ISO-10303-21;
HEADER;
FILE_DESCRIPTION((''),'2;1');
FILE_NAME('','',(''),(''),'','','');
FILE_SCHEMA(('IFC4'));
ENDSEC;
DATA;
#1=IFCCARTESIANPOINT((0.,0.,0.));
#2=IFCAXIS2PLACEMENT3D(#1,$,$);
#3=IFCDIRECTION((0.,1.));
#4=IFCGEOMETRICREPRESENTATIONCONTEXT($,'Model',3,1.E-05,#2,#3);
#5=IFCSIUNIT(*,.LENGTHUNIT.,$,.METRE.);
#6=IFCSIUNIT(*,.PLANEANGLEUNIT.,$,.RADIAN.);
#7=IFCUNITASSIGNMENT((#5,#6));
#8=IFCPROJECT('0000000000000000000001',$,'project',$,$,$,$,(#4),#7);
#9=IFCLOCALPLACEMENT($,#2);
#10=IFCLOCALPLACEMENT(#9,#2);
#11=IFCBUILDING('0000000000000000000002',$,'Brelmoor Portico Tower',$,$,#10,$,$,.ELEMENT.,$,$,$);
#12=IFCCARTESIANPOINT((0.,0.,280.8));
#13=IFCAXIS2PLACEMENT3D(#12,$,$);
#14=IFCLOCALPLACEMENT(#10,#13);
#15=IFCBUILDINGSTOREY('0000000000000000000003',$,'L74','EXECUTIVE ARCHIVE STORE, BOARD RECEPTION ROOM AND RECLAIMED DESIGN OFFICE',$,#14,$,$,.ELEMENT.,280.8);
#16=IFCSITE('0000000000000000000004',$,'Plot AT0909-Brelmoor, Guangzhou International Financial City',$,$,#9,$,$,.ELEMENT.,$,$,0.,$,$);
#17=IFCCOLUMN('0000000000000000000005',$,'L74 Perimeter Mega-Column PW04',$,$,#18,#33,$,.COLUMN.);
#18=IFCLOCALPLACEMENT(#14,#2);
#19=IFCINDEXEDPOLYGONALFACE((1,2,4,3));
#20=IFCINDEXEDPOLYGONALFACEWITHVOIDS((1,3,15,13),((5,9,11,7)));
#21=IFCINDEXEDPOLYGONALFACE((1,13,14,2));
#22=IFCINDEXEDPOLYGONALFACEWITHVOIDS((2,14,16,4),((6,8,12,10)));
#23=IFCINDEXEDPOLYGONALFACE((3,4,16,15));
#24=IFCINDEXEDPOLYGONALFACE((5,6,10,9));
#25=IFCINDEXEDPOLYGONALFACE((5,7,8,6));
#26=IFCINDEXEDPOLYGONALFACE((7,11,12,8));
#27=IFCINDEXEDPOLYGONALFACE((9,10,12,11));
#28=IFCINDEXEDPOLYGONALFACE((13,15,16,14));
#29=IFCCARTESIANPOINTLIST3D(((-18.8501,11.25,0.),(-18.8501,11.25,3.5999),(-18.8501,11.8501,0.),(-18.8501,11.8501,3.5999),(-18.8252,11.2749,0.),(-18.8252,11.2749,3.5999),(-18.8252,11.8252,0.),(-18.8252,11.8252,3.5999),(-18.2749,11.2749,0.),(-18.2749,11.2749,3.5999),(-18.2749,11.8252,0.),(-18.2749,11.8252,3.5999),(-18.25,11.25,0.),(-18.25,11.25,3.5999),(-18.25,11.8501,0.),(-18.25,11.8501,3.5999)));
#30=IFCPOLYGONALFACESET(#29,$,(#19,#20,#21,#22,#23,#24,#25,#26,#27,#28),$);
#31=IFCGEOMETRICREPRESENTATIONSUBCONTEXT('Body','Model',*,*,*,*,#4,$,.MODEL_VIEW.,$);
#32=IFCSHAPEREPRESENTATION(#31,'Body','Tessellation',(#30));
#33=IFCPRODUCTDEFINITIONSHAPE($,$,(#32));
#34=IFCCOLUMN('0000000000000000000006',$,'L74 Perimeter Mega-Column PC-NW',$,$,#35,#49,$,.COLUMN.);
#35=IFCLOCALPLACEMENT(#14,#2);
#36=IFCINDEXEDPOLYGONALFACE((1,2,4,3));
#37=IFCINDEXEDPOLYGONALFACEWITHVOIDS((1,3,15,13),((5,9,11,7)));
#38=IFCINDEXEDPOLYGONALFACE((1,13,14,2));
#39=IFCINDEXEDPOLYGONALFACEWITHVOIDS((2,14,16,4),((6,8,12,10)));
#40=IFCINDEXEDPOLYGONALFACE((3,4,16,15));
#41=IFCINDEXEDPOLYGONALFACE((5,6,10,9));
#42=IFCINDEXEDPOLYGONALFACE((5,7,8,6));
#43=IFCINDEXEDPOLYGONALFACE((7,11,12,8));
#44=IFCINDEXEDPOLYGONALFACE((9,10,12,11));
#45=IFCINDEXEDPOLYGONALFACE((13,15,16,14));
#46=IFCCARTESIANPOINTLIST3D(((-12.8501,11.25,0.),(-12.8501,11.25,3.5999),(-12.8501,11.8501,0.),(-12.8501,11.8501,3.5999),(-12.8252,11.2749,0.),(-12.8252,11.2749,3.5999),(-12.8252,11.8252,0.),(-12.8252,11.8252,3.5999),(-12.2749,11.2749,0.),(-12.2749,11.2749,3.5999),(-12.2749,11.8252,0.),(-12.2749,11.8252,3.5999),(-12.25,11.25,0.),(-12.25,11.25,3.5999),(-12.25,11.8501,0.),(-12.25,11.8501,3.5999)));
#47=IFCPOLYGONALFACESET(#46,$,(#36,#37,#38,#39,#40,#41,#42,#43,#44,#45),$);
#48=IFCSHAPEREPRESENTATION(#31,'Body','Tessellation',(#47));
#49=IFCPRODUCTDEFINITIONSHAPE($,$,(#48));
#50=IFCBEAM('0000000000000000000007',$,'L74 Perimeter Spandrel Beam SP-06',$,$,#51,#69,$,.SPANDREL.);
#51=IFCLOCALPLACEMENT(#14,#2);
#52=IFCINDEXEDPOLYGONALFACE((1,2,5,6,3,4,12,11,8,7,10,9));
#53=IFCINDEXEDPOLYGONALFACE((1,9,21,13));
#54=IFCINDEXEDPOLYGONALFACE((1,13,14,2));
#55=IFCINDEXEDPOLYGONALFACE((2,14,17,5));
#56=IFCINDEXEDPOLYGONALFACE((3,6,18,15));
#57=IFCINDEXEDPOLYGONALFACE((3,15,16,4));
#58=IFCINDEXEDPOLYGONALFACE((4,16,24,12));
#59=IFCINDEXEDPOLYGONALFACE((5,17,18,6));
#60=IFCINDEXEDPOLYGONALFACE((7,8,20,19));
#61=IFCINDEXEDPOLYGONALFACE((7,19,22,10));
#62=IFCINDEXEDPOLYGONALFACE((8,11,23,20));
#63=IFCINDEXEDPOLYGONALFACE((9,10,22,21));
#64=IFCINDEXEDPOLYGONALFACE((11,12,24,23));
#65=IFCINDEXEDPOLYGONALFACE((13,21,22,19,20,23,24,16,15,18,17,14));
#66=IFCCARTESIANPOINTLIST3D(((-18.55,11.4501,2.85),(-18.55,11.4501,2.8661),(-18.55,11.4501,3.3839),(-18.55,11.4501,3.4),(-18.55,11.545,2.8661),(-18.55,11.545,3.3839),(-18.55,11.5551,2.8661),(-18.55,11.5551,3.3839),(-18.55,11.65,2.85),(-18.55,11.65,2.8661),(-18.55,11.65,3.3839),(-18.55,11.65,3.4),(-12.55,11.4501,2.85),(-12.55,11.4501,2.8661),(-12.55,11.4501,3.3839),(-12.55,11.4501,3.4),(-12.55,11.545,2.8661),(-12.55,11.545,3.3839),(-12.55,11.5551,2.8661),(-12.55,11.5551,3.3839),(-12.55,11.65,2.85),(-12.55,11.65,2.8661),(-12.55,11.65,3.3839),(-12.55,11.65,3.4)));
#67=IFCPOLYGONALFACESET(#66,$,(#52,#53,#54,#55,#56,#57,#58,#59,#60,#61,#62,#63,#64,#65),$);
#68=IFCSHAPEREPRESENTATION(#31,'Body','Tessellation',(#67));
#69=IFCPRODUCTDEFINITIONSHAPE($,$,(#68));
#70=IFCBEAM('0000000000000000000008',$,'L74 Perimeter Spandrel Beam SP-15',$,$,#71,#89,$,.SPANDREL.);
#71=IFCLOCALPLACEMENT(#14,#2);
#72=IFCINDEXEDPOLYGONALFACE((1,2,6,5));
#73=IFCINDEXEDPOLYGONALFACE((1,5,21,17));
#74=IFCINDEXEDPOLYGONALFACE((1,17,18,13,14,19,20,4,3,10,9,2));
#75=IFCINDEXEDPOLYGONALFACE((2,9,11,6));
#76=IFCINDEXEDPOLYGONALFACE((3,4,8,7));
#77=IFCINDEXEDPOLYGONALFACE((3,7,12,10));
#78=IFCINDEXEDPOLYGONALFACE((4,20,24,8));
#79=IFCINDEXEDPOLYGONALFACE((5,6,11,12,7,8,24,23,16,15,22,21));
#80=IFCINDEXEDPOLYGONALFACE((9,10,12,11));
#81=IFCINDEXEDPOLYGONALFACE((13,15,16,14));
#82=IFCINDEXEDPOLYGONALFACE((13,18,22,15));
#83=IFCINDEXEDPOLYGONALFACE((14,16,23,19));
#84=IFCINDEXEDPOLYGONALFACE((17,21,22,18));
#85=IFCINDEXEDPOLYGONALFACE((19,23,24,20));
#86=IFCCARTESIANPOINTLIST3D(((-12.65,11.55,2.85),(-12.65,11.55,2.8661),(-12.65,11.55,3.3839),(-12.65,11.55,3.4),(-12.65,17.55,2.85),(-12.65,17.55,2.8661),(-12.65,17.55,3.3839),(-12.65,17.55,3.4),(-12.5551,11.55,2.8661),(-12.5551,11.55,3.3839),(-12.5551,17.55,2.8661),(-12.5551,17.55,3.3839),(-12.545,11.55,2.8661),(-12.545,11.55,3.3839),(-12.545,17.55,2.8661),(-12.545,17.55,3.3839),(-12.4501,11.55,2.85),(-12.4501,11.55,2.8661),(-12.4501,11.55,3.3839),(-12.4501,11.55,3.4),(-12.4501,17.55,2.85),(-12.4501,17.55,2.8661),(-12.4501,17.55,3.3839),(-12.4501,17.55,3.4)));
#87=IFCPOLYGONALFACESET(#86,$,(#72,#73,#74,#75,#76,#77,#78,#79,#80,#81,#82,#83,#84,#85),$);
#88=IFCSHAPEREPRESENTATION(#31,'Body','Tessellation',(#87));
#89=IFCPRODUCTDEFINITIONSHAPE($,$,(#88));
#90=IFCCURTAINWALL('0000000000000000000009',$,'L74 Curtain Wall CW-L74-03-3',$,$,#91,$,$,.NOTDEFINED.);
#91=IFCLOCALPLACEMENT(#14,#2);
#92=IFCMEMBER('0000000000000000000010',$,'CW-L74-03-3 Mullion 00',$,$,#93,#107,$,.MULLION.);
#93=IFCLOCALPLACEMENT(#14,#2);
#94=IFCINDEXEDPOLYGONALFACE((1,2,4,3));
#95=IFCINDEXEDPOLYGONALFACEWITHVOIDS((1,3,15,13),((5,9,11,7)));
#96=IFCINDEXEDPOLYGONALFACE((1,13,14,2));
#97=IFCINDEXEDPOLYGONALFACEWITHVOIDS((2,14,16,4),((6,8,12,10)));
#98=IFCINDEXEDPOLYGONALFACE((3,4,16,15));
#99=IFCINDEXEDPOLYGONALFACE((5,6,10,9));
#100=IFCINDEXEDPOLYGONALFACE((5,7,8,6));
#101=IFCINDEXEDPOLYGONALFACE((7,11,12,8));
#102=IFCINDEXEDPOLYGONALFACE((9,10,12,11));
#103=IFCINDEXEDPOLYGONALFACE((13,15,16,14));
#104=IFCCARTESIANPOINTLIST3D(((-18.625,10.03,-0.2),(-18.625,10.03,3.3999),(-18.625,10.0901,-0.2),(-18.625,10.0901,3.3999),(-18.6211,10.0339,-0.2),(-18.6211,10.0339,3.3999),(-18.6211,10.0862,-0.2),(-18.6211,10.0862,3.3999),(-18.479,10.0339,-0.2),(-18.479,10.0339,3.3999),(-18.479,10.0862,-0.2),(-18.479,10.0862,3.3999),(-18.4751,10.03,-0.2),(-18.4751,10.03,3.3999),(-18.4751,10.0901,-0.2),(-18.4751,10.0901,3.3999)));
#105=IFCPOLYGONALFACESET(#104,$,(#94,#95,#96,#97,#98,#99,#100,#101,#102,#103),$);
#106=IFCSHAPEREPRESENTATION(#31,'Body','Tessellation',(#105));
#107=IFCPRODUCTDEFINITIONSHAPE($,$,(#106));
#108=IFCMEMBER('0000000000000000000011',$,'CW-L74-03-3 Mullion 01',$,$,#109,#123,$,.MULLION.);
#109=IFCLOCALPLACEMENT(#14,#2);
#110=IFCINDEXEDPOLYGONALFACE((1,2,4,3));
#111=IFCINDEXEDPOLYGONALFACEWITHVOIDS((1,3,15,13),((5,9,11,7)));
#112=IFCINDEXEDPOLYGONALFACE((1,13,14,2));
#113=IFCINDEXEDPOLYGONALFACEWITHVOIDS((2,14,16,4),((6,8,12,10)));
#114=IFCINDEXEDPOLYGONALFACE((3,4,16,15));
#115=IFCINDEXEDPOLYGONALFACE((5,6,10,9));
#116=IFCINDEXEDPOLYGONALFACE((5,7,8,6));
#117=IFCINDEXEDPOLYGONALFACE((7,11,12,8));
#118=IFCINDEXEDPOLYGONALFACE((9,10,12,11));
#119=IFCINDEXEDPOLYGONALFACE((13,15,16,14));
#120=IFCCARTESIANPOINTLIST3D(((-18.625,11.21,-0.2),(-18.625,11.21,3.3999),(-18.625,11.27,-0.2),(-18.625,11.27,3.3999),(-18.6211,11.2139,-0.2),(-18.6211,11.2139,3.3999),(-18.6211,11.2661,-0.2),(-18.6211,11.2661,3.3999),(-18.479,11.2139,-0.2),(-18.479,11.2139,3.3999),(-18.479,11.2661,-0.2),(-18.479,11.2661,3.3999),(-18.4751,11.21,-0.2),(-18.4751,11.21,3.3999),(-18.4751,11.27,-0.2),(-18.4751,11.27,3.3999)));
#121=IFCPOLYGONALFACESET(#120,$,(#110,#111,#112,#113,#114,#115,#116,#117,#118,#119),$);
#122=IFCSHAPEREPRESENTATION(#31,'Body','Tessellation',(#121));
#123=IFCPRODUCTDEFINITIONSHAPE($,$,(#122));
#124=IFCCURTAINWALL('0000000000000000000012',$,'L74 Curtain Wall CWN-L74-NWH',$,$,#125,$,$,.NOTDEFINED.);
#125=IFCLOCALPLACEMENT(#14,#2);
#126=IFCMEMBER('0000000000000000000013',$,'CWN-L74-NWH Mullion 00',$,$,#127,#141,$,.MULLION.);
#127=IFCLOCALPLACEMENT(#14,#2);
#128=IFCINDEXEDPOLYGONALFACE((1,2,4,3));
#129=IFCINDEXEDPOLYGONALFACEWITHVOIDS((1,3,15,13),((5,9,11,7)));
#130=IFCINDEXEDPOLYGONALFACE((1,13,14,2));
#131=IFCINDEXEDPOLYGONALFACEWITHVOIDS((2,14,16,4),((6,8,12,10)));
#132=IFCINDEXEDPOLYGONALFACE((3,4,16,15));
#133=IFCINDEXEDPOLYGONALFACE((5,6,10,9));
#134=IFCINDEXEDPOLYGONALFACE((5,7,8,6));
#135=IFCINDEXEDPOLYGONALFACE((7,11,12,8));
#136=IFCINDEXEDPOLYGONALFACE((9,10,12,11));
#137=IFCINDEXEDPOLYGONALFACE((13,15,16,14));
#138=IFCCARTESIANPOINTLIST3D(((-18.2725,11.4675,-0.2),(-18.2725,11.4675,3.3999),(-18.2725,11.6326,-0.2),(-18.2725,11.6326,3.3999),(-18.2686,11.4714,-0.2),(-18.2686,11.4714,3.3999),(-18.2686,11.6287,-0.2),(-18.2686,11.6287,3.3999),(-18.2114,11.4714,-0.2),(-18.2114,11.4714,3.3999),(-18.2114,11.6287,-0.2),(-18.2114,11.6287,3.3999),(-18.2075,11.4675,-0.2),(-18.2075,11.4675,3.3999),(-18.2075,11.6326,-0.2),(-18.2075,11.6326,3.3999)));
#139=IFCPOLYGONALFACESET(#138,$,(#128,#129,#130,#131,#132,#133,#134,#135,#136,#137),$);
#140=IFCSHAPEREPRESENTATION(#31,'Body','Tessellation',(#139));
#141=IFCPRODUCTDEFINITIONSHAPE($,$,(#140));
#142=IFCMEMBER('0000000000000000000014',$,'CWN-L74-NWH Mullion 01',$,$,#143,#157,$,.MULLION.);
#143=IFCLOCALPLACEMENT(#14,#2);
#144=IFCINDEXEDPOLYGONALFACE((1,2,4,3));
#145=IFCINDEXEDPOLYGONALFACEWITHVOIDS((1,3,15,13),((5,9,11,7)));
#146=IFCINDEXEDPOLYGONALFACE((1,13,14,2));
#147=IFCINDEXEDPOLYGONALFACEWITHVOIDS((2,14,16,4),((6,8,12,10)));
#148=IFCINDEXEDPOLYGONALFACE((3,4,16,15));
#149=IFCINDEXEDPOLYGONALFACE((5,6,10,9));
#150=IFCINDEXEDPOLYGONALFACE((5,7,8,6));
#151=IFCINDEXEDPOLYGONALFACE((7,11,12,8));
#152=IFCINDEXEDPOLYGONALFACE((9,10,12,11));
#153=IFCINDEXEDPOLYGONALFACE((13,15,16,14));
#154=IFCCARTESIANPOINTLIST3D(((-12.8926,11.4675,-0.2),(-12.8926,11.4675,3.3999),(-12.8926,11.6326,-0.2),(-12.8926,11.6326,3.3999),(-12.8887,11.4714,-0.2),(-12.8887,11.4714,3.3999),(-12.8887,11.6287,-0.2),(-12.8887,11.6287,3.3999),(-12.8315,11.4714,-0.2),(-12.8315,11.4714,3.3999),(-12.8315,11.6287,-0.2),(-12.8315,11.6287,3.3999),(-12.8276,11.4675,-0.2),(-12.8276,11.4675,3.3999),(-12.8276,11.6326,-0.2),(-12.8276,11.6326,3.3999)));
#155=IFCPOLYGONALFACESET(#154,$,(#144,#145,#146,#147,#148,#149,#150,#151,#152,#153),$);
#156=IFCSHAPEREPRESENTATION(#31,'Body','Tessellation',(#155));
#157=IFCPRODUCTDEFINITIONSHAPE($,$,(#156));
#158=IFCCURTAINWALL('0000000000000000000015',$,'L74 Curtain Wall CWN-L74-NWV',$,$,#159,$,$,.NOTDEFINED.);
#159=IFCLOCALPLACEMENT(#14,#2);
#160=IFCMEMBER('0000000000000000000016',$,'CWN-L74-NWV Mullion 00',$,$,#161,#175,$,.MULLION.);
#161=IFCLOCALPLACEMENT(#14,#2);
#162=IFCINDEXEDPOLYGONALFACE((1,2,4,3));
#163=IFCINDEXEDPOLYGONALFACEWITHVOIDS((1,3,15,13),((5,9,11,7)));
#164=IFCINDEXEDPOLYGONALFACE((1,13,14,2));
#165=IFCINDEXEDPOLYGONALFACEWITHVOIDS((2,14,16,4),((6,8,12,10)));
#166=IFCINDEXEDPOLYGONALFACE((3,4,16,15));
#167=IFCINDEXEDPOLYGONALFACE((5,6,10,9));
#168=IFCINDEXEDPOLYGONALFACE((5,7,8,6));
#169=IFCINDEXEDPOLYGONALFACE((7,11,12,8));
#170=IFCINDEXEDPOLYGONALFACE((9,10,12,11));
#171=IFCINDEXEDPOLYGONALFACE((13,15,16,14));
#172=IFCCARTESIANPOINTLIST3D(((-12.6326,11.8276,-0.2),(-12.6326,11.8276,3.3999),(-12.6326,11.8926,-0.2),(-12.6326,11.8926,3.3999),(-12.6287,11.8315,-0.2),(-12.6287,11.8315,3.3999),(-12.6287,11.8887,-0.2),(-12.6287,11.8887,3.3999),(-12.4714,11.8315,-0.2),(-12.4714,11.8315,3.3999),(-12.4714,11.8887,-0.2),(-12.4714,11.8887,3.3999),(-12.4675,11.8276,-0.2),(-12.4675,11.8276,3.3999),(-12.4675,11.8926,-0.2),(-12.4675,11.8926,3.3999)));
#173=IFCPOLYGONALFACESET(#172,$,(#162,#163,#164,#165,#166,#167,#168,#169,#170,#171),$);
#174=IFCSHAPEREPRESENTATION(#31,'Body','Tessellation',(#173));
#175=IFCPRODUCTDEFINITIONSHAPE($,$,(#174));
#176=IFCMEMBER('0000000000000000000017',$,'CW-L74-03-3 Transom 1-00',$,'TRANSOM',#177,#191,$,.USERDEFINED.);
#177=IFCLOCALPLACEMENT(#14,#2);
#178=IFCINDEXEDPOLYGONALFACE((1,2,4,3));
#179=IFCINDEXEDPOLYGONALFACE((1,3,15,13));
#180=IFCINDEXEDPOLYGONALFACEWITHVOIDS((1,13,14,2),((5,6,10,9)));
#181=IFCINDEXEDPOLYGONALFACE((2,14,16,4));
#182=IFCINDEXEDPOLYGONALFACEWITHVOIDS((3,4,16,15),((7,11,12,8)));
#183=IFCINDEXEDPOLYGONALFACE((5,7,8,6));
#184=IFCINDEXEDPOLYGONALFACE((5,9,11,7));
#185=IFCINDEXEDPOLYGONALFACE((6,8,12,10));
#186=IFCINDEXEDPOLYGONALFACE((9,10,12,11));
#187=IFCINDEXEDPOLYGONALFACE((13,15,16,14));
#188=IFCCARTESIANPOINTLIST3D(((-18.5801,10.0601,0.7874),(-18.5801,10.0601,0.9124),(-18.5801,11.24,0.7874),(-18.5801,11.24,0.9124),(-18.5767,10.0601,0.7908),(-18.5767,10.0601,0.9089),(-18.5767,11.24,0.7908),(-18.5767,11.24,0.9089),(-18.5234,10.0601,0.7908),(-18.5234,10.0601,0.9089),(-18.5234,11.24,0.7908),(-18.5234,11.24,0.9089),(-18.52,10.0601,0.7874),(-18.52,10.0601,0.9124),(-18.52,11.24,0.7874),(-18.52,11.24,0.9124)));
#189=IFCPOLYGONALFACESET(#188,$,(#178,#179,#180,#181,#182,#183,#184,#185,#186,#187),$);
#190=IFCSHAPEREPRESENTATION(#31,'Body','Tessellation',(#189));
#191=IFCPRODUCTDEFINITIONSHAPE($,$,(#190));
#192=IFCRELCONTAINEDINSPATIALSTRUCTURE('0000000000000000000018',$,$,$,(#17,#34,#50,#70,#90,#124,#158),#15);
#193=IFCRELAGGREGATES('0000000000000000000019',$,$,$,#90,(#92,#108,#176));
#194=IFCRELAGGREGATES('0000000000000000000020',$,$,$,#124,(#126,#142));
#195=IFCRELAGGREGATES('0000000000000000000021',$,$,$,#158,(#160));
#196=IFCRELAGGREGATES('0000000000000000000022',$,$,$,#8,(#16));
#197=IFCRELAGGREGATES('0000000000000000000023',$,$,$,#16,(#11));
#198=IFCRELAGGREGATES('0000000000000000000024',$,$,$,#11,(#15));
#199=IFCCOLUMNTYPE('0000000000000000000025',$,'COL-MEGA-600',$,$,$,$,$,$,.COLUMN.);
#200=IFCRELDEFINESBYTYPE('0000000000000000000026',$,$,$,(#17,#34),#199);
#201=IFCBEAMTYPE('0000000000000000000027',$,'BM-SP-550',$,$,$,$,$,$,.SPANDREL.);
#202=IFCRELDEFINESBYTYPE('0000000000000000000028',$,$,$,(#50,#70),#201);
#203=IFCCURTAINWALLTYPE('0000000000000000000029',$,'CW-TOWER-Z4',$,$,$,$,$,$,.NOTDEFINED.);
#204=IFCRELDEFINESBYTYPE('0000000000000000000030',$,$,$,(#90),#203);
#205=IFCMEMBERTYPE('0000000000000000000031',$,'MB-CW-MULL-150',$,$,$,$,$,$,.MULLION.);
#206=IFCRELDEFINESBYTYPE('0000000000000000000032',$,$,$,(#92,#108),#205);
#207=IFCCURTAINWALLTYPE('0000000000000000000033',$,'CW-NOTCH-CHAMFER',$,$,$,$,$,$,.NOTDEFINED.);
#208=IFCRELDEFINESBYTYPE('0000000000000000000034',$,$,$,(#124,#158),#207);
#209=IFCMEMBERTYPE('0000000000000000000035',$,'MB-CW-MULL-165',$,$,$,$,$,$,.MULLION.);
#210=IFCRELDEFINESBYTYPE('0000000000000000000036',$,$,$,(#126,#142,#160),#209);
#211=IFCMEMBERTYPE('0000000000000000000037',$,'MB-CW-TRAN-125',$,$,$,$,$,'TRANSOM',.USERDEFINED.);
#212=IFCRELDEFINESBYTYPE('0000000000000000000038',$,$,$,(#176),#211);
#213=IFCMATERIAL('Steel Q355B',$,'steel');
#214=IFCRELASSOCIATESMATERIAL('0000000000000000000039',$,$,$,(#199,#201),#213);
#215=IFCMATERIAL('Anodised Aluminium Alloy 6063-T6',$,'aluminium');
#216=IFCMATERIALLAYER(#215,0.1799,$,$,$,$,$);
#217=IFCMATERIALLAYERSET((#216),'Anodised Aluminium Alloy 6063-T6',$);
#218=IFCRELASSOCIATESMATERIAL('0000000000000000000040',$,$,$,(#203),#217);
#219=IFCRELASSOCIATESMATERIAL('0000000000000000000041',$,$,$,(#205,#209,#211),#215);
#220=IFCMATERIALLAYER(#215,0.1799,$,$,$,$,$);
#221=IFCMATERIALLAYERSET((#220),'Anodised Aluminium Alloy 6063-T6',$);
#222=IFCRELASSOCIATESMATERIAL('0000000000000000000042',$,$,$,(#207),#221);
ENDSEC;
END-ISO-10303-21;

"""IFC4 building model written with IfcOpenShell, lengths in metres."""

from ifc_helpers import new_model, si_unit, direction, frame, origin, origin_2d, place, context, subcontext, project, spatial, hollow_rectangle, i_section, extrude, material, layer, layer_set, material_profile, profile_set, type_object, element, aggregate, save


model = new_model("IFC4")

# Units and contexts
model_context = context("Model", 3, precision=1e-05, world=origin(), true_north=direction((0.0, 1.0)))
body_context = subcontext(model_context, "Body", "Model", "MODEL_VIEW")
ifc_project = project(units=[si_unit("LENGTHUNIT", "METRE"), si_unit("PLANEANGLEUNIT", "RADIAN")], contexts=[model_context])

# Site, building, storey
site_placement = place(None, origin())
site = spatial("IfcSite", under=ifc_project, at=site_placement, Name="Plot AT0909-Brelmoor, Guangzhou International Financial City", CompositionType="ELEMENT", RefElevation=0.0)
building_placement = place(site_placement, origin())
building = spatial("IfcBuilding", under=site, at=building_placement, Name="Brelmoor Portico Tower", CompositionType="ELEMENT")
storey_placement = place(building_placement, frame((0.0, 0.0, 280.8)))
storey = spatial("IfcBuildingStorey", under=building, at=storey_placement, Name="L74", Description="EXECUTIVE ARCHIVE STORE, BOARD RECEPTION ROOM AND RECLAIMED DESIGN OFFICE", CompositionType="ELEMENT", Elevation=280.8)

# Columns
ifc_material_1 = material(Name="Steel Q355B", Category="steel")
ifc_material_profile_1 = material_profile(ifc_material_1, hollow_rectangle(XDim=0.6001, YDim=0.6001, WallThickness=0.0249, at=origin_2d()), Name="BOX 600x600x25")
ifc_profile_set_1 = profile_set([ifc_material_profile_1], Name="Steel Q355B")
column_type = type_object("IfcColumnType", Name="COL-MEGA-600", PredefinedType="COLUMN", material=ifc_profile_set_1)
for number, where, z_axis, x_axis, name in (
    (1, (-18.55, 11.55, 0.0), (0.0, 0.0, 1.0), (0.0, 1.0, 0.0), "L74 Perimeter Mega-Column PW04"),
    (2, (-12.55, 11.55, 0.0), (0.0, 0.0, 1.0), (1.0, 0.0, 0.0), "L74 Perimeter Mega-Column PC-NW"),
):
    element("IfcColumn", number, at=place(storey_placement, frame(where, z_axis=z_axis, x_axis=x_axis)), inside=storey, type_object=column_type, Name=name, PredefinedType="COLUMN", context=body_context, shape_type="SweptSolid", body=[
        extrude(hollow_rectangle(XDim=0.6001, YDim=0.6001, WallThickness=0.0249, at=origin_2d()), origin(), (0.0, 0.0, 1.0), 3.5999),
    ])

# Beams
ifc_material_profile_2 = material_profile(ifc_material_1, i_section(OverallWidth=0.2, OverallDepth=0.55, WebThickness=0.01, FlangeThickness=0.0161, at=origin_2d()), Name="HN 550x200x10x16")
ifc_profile_set_2 = profile_set([ifc_material_profile_2], Name="Steel Q355B")
beam_type = type_object("IfcBeamType", Name="BM-SP-550", PredefinedType="SPANDREL", material=ifc_profile_set_2)
for number, where, z_axis, x_axis, name in (
    (3, (-18.55, 11.55, 3.125), (1.0, 0.0, 0.0), (0.0, 1.0, 0.0), "L74 Perimeter Spandrel Beam SP-06"),
    (4, (-12.55, 11.55, 3.125), (0.0, 1.0, 0.0), (-1.0, 0.0, 0.0), "L74 Perimeter Spandrel Beam SP-15"),
):
    element("IfcBeam", number, at=place(storey_placement, frame(where, z_axis=z_axis, x_axis=x_axis)), inside=storey, type_object=beam_type, Name=name, PredefinedType="SPANDREL", context=body_context, shape_type="SweptSolid", body=[
        extrude(i_section(OverallWidth=0.2, OverallDepth=0.55, WebThickness=0.01, FlangeThickness=0.0161, at=origin_2d()), origin(), (0.0, 0.0, 1.0), 6.0),
    ])

# Curtain walls, members
ifc_material_2 = material(Name="Anodised Aluminium Alloy 6063-T6", Category="aluminium")
ifc_layer_1 = layer(ifc_material_2, 0.1799)
ifc_layer_set_1 = layer_set([ifc_layer_1], Name="Anodised Aluminium Alloy 6063-T6")
curtain_wall_type_1 = type_object("IfcCurtainWallType", Name="CW-TOWER-Z4", PredefinedType="NOTDEFINED", material=ifc_layer_set_1)
curtain_wall_1_placement = place(storey_placement, origin())
curtain_wall_1 = element("IfcCurtainWall", 5, at=curtain_wall_1_placement, inside=storey, type_object=curtain_wall_type_1, Name="L74 Curtain Wall CW-L74-03-3", PredefinedType="NOTDEFINED")
ifc_material_profile_3 = material_profile(ifc_material_2, hollow_rectangle(XDim=0.0601, YDim=0.1499, WallThickness=0.0039, at=origin_2d()), Name="ALU MULLION 60x150")
ifc_profile_set_3 = profile_set([ifc_material_profile_3], Name="Anodised Aluminium Alloy 6063-T6")
member_type_1 = type_object("IfcMemberType", Name="MB-CW-MULL-150", PredefinedType="MULLION", material=ifc_profile_set_3)
member_1_placement = place(storey_placement, frame((-18.55, 10.0601, -0.2), z_axis=(0.0, 0.0, 1.0), x_axis=(0.0, 1.0, 0.0)))
member_1 = element("IfcMember", 6, at=member_1_placement, type_object=member_type_1, Name="CW-L74-03-3 Mullion 00", PredefinedType="MULLION", context=body_context, shape_type="SweptSolid", body=[
    extrude(hollow_rectangle(XDim=0.0601, YDim=0.1499, WallThickness=0.0039, at=origin_2d()), origin(), (0.0, 0.0, 1.0), 3.5999),
])
member_2_placement = place(storey_placement, frame((-18.55, 11.24, -0.2), z_axis=(0.0, 0.0, 1.0), x_axis=(0.0, 1.0, 0.0)))
member_2 = element("IfcMember", 7, at=member_2_placement, type_object=member_type_1, Name="CW-L74-03-3 Mullion 01", PredefinedType="MULLION", context=body_context, shape_type="SweptSolid", body=[
    extrude(hollow_rectangle(XDim=0.0601, YDim=0.1499, WallThickness=0.0039, at=origin_2d()), origin(), (0.0, 0.0, 1.0), 3.5999),
])
ifc_layer_2 = layer(ifc_material_2, 0.1799)
ifc_layer_set_2 = layer_set([ifc_layer_2], Name="Anodised Aluminium Alloy 6063-T6")
curtain_wall_type_2 = type_object("IfcCurtainWallType", Name="CW-NOTCH-CHAMFER", PredefinedType="NOTDEFINED", material=ifc_layer_set_2)
curtain_wall_2_placement = place(storey_placement, origin())
curtain_wall_2 = element("IfcCurtainWall", 8, at=curtain_wall_2_placement, inside=storey, type_object=curtain_wall_type_2, Name="L74 Curtain Wall CWN-L74-NWH", PredefinedType="NOTDEFINED")
ifc_material_profile_4 = material_profile(ifc_material_2, hollow_rectangle(XDim=0.0649, YDim=0.165, WallThickness=0.0039, at=origin_2d()), Name="ALU MULLION 65x165")
ifc_profile_set_4 = profile_set([ifc_material_profile_4], Name="Anodised Aluminium Alloy 6063-T6")
member_type_2 = type_object("IfcMemberType", Name="MB-CW-MULL-165", PredefinedType="MULLION", material=ifc_profile_set_4)
member_3_placement = place(storey_placement, frame((-18.24, 11.55, -0.2), z_axis=(0.0, 0.0, 1.0), x_axis=(1.0, 0.0, 0.0)))
member_3 = element("IfcMember", 9, at=member_3_placement, type_object=member_type_2, Name="CWN-L74-NWH Mullion 00", PredefinedType="MULLION", context=body_context, shape_type="SweptSolid", body=[
    extrude(hollow_rectangle(XDim=0.0649, YDim=0.165, WallThickness=0.0039, at=origin_2d()), origin(), (0.0, 0.0, 1.0), 3.5999),
])
member_4_placement = place(storey_placement, frame((-12.8601, 11.55, -0.2), z_axis=(0.0, 0.0, 1.0), x_axis=(1.0, 0.0, 0.0)))
member_4 = element("IfcMember", 10, at=member_4_placement, type_object=member_type_2, Name="CWN-L74-NWH Mullion 01", PredefinedType="MULLION", context=body_context, shape_type="SweptSolid", body=[
    extrude(hollow_rectangle(XDim=0.0649, YDim=0.165, WallThickness=0.0039, at=origin_2d()), origin(), (0.0, 0.0, 1.0), 3.5999),
])

# Curtain wall, member
curtain_wall_3_placement = place(storey_placement, origin())
curtain_wall_3 = element("IfcCurtainWall", 11, at=curtain_wall_3_placement, inside=storey, type_object=curtain_wall_type_2, Name="L74 Curtain Wall CWN-L74-NWV", PredefinedType="NOTDEFINED")
member_5_placement = place(storey_placement, frame((-12.55, 11.8601, -0.2), z_axis=(0.0, 0.0, 1.0), x_axis=(0.0, 1.0, 0.0)))
member_5 = element("IfcMember", 12, at=member_5_placement, type_object=member_type_2, Name="CWN-L74-NWV Mullion 00", PredefinedType="MULLION", context=body_context, shape_type="SweptSolid", body=[
    extrude(hollow_rectangle(XDim=0.0649, YDim=0.165, WallThickness=0.0039, at=origin_2d()), origin(), (0.0, 0.0, 1.0), 3.5999),
])

# Member
ifc_material_profile_5 = material_profile(ifc_material_2, hollow_rectangle(XDim=0.0601, YDim=0.125, WallThickness=0.0034, at=origin_2d()), Name="ALU TRANSOM 60x125")
ifc_profile_set_5 = profile_set([ifc_material_profile_5], Name="Anodised Aluminium Alloy 6063-T6")
member_type_3 = type_object("IfcMemberType", Name="MB-CW-TRAN-125", ElementType="TRANSOM", PredefinedType="USERDEFINED", material=ifc_profile_set_5)
member_6_placement = place(storey_placement, frame((-18.55, 10.0601, 0.8499), z_axis=(0.0, 1.0, 0.0), x_axis=(-1.0, 0.0, 0.0)))
member_6 = element("IfcMember", 13, at=member_6_placement, type_object=member_type_3, Name="CW-L74-03-3 Transom 1-00", ObjectType="TRANSOM", PredefinedType="USERDEFINED", context=body_context, shape_type="SweptSolid", body=[
    extrude(hollow_rectangle(XDim=0.0601, YDim=0.125, WallThickness=0.0034, at=origin_2d()), origin(), (0.0, 0.0, 1.0), 1.1799),
])

aggregate(curtain_wall_1, [member_1, member_2, member_6])
aggregate(curtain_wall_2, [member_3, member_4])
aggregate(curtain_wall_3, [member_5])

save(model, "model.ifc")
